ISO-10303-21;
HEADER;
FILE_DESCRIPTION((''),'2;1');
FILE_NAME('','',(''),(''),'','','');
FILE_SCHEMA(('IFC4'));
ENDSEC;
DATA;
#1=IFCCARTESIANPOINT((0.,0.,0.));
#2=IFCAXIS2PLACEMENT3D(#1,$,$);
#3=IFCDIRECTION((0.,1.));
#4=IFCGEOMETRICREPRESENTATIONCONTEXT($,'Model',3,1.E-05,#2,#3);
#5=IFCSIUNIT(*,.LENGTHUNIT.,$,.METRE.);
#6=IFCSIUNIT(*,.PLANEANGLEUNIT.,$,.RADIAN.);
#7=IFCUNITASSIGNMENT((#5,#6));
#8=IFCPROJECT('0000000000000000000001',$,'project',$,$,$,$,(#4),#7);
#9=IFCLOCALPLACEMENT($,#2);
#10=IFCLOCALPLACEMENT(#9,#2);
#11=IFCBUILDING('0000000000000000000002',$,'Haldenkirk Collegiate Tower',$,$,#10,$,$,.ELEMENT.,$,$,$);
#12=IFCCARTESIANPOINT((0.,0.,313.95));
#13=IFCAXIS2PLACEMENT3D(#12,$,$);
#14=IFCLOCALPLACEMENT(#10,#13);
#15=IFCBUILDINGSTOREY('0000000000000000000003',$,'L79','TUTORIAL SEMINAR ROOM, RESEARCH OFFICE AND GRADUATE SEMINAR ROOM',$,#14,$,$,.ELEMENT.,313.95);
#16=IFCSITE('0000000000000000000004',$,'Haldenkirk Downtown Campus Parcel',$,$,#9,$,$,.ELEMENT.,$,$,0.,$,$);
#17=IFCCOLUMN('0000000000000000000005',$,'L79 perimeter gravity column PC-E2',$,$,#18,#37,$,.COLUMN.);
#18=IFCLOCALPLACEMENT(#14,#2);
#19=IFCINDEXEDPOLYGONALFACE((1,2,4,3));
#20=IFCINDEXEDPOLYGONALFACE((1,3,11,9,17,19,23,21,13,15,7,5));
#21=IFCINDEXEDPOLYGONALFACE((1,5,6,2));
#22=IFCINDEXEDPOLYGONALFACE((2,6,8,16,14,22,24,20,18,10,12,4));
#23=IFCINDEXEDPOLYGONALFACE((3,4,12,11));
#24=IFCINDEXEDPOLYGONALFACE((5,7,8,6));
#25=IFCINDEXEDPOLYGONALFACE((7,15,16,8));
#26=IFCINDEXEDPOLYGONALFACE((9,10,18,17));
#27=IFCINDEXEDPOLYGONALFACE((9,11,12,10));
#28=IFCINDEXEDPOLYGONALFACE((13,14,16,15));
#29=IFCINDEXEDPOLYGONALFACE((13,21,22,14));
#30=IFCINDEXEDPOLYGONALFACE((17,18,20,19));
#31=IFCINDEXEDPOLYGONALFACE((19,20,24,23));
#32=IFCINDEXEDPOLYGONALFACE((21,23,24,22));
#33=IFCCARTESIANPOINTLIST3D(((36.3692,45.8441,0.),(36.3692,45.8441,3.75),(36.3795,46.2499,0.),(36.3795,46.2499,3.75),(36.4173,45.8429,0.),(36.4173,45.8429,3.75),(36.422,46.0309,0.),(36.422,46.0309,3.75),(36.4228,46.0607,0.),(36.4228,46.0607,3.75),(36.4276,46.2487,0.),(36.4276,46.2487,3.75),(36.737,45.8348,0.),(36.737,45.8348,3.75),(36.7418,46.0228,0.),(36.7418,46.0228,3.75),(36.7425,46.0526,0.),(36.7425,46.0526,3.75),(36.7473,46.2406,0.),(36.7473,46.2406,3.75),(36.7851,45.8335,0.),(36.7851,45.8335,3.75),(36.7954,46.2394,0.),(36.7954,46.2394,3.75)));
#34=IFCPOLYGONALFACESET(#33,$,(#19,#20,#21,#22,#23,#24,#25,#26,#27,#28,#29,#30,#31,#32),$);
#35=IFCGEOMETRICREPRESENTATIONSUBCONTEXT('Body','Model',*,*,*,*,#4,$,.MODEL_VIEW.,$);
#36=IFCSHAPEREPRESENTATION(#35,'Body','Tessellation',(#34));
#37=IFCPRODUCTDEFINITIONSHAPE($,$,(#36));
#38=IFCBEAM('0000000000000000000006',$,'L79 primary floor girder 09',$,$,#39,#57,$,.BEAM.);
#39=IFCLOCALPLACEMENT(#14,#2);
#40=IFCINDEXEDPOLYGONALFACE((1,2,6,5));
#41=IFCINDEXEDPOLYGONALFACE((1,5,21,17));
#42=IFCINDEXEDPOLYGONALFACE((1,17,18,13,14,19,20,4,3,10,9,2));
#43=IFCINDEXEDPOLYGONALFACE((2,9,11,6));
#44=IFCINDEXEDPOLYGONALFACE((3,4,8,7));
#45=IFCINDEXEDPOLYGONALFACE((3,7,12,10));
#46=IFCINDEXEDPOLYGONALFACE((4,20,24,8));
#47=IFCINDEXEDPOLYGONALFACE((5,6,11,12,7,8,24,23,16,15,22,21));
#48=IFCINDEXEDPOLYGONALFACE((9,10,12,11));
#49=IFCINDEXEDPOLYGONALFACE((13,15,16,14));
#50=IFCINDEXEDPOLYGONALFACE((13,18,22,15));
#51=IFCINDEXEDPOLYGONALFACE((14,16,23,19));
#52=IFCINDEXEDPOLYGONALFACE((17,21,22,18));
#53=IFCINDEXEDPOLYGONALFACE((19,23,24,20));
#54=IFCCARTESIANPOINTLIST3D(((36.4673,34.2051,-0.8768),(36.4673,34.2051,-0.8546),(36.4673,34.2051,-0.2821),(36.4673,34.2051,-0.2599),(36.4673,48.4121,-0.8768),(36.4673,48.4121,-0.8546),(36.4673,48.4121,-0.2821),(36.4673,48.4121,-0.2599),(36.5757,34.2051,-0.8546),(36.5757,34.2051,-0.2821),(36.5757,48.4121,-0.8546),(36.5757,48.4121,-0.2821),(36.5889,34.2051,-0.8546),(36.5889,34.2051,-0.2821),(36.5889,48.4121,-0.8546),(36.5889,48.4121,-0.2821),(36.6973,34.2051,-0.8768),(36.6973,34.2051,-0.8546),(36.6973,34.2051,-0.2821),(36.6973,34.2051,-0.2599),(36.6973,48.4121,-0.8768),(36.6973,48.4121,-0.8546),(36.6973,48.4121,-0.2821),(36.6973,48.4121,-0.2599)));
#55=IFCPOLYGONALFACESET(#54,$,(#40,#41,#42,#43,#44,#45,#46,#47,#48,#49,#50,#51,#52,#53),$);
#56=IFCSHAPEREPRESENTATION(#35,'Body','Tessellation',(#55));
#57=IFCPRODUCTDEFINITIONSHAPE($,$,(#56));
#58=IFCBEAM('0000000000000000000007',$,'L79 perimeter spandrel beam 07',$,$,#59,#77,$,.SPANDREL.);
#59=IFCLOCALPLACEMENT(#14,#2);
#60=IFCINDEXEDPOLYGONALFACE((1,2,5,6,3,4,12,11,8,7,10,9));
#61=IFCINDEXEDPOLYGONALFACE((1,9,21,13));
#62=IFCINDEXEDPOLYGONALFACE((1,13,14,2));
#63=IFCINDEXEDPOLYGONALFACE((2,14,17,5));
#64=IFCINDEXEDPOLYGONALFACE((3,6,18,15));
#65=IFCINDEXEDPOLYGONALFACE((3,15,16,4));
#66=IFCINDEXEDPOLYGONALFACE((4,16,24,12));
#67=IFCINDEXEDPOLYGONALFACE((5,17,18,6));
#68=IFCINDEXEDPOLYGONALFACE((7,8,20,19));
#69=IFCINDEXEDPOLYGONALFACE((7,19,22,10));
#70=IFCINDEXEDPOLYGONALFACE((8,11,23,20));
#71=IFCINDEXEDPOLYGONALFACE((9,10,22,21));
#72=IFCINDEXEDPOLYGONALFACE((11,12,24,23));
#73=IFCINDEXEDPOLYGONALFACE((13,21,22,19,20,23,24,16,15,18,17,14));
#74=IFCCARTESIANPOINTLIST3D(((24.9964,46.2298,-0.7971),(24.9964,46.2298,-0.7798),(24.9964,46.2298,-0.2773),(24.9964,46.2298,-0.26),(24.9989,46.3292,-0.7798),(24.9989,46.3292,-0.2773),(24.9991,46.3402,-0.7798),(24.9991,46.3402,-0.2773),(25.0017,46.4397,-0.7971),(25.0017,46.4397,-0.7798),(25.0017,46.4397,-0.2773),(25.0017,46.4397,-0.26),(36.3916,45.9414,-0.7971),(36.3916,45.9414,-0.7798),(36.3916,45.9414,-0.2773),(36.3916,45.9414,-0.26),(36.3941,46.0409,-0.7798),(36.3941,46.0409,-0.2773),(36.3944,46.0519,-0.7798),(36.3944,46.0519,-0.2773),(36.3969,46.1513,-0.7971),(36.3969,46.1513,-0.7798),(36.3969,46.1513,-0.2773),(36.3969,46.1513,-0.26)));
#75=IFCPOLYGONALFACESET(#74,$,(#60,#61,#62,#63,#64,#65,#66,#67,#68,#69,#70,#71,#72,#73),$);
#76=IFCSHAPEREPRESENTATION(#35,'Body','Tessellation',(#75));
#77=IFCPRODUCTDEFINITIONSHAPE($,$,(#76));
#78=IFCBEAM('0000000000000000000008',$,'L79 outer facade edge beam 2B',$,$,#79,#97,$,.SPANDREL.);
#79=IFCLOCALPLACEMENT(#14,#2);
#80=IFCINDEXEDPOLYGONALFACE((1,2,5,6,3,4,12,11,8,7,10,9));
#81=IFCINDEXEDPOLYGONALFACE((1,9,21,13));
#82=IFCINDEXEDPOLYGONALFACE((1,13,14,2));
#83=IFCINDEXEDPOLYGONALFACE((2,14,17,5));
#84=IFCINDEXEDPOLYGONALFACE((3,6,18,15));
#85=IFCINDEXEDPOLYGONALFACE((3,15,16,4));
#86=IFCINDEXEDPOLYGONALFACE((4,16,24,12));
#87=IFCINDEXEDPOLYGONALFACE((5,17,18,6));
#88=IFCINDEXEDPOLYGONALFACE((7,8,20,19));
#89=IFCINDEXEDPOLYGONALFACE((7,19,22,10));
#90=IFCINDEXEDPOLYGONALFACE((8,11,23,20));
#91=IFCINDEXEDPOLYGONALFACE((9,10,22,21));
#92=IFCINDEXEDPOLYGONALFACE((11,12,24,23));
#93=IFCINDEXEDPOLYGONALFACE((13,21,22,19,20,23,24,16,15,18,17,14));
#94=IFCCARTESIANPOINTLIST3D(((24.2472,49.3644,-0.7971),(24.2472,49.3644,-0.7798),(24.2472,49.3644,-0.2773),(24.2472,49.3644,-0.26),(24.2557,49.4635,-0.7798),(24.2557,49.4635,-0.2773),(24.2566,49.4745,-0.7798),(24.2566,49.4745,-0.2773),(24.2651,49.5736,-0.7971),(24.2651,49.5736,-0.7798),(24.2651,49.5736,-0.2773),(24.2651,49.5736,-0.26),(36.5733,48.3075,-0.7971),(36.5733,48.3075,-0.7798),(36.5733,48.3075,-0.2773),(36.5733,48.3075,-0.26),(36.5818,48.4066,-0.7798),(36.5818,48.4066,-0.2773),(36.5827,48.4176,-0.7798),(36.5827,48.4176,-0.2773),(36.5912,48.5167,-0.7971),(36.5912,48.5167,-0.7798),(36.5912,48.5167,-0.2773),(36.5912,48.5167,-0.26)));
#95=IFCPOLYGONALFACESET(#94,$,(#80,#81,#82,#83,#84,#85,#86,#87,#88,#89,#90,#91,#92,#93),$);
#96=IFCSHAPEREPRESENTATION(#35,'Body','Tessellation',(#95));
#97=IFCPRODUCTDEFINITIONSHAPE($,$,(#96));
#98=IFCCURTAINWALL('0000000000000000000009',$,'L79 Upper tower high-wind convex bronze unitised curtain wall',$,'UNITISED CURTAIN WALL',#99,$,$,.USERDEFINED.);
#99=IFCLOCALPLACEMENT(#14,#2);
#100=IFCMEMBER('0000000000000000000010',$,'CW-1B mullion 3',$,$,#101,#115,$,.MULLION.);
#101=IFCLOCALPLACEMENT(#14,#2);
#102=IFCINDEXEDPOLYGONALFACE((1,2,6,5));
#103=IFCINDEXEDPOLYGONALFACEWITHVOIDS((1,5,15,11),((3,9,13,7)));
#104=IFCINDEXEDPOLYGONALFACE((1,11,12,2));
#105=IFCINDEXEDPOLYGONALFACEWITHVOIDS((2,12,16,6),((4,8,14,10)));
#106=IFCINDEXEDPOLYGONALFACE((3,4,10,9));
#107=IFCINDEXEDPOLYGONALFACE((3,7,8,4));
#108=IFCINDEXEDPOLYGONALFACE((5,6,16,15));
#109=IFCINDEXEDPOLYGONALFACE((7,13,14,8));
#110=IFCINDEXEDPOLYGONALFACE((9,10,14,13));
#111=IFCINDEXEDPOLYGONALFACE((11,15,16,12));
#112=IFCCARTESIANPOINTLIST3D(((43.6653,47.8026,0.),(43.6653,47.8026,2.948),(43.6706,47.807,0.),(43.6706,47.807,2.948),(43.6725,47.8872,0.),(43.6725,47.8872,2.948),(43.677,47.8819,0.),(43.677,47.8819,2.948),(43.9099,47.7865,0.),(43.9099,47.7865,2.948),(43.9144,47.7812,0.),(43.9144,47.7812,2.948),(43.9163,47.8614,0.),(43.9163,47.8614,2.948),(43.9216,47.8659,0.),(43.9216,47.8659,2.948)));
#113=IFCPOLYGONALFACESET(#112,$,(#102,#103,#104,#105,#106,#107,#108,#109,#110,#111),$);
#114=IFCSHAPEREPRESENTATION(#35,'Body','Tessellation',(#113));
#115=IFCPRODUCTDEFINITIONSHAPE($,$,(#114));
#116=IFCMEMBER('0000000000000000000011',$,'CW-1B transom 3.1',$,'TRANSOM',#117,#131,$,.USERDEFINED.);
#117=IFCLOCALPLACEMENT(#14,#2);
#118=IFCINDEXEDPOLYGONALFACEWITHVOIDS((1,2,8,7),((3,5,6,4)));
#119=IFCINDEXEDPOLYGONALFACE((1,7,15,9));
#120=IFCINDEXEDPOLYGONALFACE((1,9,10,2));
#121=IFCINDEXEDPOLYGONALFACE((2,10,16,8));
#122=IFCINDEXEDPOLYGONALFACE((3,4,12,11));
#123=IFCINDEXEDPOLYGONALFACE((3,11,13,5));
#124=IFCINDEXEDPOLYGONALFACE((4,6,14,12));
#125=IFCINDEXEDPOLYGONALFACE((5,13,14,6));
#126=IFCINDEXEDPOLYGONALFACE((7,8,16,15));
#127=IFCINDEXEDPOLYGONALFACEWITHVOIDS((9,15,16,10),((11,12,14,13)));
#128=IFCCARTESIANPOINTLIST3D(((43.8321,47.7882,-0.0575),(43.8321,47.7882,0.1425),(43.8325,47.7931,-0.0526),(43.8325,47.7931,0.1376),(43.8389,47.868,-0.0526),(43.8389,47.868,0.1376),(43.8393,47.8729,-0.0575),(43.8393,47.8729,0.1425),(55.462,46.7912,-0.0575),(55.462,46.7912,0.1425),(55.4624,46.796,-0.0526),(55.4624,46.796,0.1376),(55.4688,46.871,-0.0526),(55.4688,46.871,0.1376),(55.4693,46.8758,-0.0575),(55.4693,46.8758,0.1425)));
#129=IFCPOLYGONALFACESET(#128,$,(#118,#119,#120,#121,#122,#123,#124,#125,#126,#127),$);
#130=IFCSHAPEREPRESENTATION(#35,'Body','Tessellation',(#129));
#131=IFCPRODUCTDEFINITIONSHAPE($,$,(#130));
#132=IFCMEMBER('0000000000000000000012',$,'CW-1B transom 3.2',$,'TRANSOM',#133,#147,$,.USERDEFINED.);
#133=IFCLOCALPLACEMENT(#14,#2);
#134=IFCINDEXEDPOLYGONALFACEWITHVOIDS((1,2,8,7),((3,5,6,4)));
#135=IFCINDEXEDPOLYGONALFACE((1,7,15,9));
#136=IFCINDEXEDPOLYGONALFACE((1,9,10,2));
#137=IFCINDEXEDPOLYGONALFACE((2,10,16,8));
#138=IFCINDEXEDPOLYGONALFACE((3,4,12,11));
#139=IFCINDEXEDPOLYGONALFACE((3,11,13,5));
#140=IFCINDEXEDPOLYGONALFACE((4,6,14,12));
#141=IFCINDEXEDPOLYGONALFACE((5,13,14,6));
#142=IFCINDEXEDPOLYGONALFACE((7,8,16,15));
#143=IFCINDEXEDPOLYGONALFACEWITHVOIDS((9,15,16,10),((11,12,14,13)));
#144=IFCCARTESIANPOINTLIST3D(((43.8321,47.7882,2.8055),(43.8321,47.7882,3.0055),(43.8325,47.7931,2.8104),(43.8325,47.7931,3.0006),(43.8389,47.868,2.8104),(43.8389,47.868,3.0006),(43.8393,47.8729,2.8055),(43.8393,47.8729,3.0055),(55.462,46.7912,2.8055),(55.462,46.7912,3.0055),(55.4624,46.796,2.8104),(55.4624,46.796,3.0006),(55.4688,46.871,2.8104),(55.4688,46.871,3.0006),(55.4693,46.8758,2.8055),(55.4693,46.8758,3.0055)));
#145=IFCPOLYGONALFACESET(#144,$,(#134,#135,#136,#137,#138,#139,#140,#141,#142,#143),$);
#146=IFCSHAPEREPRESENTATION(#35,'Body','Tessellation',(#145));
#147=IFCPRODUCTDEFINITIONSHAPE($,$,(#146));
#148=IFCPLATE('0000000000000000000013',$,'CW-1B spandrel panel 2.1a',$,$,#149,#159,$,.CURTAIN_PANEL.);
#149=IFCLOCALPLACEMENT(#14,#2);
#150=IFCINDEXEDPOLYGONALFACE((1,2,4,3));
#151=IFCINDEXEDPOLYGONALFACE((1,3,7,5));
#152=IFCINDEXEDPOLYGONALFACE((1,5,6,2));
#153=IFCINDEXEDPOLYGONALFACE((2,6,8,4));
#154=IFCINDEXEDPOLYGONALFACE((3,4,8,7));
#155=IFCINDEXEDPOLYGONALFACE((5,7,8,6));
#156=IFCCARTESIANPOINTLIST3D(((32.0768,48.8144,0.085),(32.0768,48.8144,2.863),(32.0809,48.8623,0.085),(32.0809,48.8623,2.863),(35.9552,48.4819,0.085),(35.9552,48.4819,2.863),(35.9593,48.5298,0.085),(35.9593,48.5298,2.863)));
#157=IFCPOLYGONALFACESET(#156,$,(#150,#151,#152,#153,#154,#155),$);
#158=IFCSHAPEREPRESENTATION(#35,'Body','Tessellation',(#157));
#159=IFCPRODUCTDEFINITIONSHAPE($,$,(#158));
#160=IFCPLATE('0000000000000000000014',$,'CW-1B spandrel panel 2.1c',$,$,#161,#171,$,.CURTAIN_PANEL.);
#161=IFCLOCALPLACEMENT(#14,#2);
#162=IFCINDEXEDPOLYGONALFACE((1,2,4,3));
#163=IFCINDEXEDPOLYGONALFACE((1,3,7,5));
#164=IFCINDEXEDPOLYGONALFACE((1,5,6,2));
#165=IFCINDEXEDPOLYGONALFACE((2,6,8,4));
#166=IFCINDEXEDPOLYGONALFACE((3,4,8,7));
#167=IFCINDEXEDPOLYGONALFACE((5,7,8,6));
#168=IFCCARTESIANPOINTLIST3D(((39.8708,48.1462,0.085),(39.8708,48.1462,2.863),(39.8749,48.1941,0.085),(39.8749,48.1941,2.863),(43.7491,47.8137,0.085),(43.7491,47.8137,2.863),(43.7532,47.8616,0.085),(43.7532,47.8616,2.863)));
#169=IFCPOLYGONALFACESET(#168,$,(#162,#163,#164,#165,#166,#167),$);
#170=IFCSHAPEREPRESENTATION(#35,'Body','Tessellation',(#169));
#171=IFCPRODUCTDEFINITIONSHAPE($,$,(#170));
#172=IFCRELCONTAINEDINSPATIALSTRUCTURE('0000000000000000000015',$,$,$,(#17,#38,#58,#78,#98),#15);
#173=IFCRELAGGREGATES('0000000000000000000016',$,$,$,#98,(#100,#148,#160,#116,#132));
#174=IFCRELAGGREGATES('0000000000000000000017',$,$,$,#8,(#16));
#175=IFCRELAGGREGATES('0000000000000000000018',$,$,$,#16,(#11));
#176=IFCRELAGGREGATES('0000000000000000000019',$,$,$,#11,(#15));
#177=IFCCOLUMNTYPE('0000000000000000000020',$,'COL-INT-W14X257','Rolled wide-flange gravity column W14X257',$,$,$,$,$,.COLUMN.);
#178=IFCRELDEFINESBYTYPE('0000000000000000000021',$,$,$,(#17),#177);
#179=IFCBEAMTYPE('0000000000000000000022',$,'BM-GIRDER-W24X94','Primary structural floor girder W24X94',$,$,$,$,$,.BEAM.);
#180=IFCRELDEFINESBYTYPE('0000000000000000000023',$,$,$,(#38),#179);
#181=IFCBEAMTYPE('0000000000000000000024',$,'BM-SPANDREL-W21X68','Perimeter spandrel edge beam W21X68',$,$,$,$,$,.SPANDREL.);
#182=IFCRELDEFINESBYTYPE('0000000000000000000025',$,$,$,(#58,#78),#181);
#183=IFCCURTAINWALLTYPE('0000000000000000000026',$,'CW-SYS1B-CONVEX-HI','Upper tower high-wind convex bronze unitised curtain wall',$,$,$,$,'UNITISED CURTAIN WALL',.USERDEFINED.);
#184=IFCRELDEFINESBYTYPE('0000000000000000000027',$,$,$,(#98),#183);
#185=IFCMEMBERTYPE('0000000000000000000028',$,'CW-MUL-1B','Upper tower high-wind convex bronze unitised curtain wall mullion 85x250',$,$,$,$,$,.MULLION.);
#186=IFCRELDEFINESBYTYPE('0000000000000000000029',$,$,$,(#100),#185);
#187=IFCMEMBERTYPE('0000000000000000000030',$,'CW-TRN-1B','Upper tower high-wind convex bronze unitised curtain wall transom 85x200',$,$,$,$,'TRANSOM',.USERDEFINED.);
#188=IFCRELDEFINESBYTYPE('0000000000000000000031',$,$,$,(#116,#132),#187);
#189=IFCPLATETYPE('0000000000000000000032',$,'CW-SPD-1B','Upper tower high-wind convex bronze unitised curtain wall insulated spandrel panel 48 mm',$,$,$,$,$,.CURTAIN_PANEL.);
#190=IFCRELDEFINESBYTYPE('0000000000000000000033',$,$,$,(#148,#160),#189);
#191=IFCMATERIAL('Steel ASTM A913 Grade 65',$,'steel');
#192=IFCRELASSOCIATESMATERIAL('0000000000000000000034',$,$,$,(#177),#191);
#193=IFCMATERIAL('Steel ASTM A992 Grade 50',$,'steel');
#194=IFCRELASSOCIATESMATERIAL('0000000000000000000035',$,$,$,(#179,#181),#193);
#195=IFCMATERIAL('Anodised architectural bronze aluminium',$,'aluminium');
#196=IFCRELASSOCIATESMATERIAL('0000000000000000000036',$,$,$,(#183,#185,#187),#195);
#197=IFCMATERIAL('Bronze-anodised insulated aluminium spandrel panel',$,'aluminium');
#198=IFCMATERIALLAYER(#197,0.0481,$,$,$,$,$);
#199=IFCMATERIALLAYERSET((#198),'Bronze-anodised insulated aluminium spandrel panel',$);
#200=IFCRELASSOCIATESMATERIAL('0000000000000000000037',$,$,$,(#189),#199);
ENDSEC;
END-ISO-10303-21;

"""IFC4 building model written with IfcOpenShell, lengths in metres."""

from ifc_helpers import new_model, si_unit, direction, frame, origin, origin_2d, place, context, subcontext, project, spatial, rectangle, hollow_rectangle, i_section, extrude, source, transform, mapped, material, layer, layer_set, material_profile, profile_set, type_object, element, aggregate, save


model = new_model("IFC4")

# Units and contexts
model_context = context("Model", 3, precision=1e-05, world=origin(), true_north=direction((0.0, 1.0)))
body_context = subcontext(model_context, "Body", "Model", "MODEL_VIEW")
ifc_project = project(units=[si_unit("LENGTHUNIT", "METRE"), si_unit("PLANEANGLEUNIT", "RADIAN")], contexts=[model_context])

# Site, building, storey
site_placement = place(None, origin())
site = spatial("IfcSite", under=ifc_project, at=site_placement, Name="Haldenkirk Downtown Campus Parcel", CompositionType="ELEMENT", RefElevation=0.0)
building_placement = place(site_placement, origin())
building = spatial("IfcBuilding", under=site, at=building_placement, Name="Haldenkirk Collegiate Tower", CompositionType="ELEMENT")
storey_placement = place(building_placement, frame((0.0, 0.0, 313.95)))
storey = spatial("IfcBuildingStorey", under=building, at=storey_placement, Name="L79", Description="TUTORIAL SEMINAR ROOM, RESEARCH OFFICE AND GRADUATE SEMINAR ROOM", CompositionType="ELEMENT", Elevation=313.95)

# Column
ifc_material_1 = material(Name="Steel ASTM A913 Grade 65", Category="steel")
ifc_material_profile_1 = material_profile(ifc_material_1, i_section(OverallWidth=0.406, OverallDepth=0.416, WebThickness=0.0298, FlangeThickness=0.0481, at=origin_2d()), Name="W14X257")
ifc_profile_set_1 = profile_set([ifc_material_profile_1], Name="Steel ASTM A913 Grade 65")
column_type = type_object("IfcColumnType", Name="COL-INT-W14X257", Description="Rolled wide-flange gravity column W14X257", PredefinedType="COLUMN", material=ifc_profile_set_1)
column_placement = place(storey_placement, frame((36.5823, 46.0417, 0.0), z_axis=(0.0, 0.0, 1.0), x_axis=(0.025305, 0.99968, 0.0)))
element("IfcColumn", 1, at=column_placement, inside=storey, type_object=column_type, Name="L79 perimeter gravity column PC-E2", PredefinedType="COLUMN", context=body_context, shape_type="SweptSolid", body=[
    extrude(i_section(OverallWidth=0.406, OverallDepth=0.416, WebThickness=0.0298, FlangeThickness=0.0481, at=origin_2d()), origin(), (0.0, 0.0, 1.0), 3.75),
])

# Beams
ifc_material_2 = material(Name="Steel ASTM A992 Grade 50", Category="steel")
ifc_material_profile_2 = material_profile(ifc_material_2, i_section(OverallWidth=0.23, OverallDepth=0.6169, WebThickness=0.0132, FlangeThickness=0.0222, at=origin_2d()), Name="W24X94")
ifc_profile_set_2 = profile_set([ifc_material_profile_2], Name="Steel ASTM A992 Grade 50")
beam_type_1 = type_object("IfcBeamType", Name="BM-GIRDER-W24X94", Description="Primary structural floor girder W24X94", PredefinedType="BEAM", material=ifc_profile_set_2)
beam_1_placement = place(storey_placement, frame((36.5823, 48.4121, -0.5684), z_axis=(0.0, -1.0, 0.0), x_axis=(1.0, 0.0, 0.0)))
element("IfcBeam", 2, at=beam_1_placement, inside=storey, type_object=beam_type_1, Name="L79 primary floor girder 09", PredefinedType="BEAM", context=body_context, shape_type="SweptSolid", body=[
    extrude(i_section(OverallWidth=0.23, OverallDepth=0.6169, WebThickness=0.0132, FlangeThickness=0.0222, at=origin_2d()), origin(), (0.0, 0.0, 1.0), 14.207),
])
ifc_material_profile_3 = material_profile(ifc_material_2, i_section(OverallWidth=0.21, OverallDepth=0.5371, WebThickness=0.011, FlangeThickness=0.0173, at=origin_2d()), Name="W21X68")
ifc_profile_set_3 = profile_set([ifc_material_profile_3], Name="Steel ASTM A992 Grade 50")
beam_type_2 = type_object("IfcBeamType", Name="BM-SPANDREL-W21X68", Description="Perimeter spandrel edge beam W21X68", PredefinedType="SPANDREL", material=ifc_profile_set_3)
beam_2_placement = place(storey_placement, frame((36.3943, 46.0464, -0.5286), z_axis=(-0.99968, 0.025295, 0.0), x_axis=(-0.025295, -0.99968, 0.0)))
element("IfcBeam", 3, at=beam_2_placement, inside=storey, type_object=beam_type_2, Name="L79 perimeter spandrel beam 07", PredefinedType="SPANDREL", context=body_context, shape_type="SweptSolid", body=[
    extrude(i_section(OverallWidth=0.21, OverallDepth=0.5371, WebThickness=0.011, FlangeThickness=0.0173, at=origin_2d()), origin(), (0.0, 0.0, 1.0), 11.3989),
])
beam_3_placement = place(storey_placement, frame((36.5823, 48.4121, -0.5286), z_axis=(-0.996344, 0.08543, 0.0), x_axis=(-0.08543, -0.996344, 0.0)))
element("IfcBeam", 4, at=beam_3_placement, inside=storey, type_object=beam_type_2, Name="L79 outer facade edge beam 2B", PredefinedType="SPANDREL", context=body_context, shape_type="SweptSolid", body=[
    extrude(i_section(OverallWidth=0.21, OverallDepth=0.5371, WebThickness=0.011, FlangeThickness=0.0173, at=origin_2d()), origin(), (0.0, 0.0, 1.0), 12.3713),
])

# Curtain wall, members, plates
ifc_material_3 = material(Name="Anodised architectural bronze aluminium", Category="aluminium")
curtain_wall_type = type_object("IfcCurtainWallType", Name="CW-SYS1B-CONVEX-HI", Description="Upper tower high-wind convex bronze unitised curtain wall", ElementType="UNITISED CURTAIN WALL", PredefinedType="USERDEFINED", material=ifc_material_3)
curtain_wall_placement = place(storey_placement, origin())
curtain_wall = element("IfcCurtainWall", 5, at=curtain_wall_placement, inside=storey, type_object=curtain_wall_type, Name="L79 Upper tower high-wind convex bronze unitised curtain wall", ObjectType="UNITISED CURTAIN WALL", PredefinedType="USERDEFINED")
ifc_material_profile_4 = material_profile(ifc_material_3, hollow_rectangle(XDim=0.085, YDim=0.25, WallThickness=0.0049, at=origin_2d()), Name="CW-MUL-1B")
ifc_profile_set_4 = profile_set([ifc_material_profile_4], Name="Anodised architectural bronze aluminium")
member_type_1 = type_object("IfcMemberType", Name="CW-MUL-1B", Description="Upper tower high-wind convex bronze unitised curtain wall mullion 85x250", PredefinedType="MULLION", material=ifc_profile_set_4)
member_1_placement = place(storey_placement, frame((43.7935, 47.8342, 0.0), z_axis=(0.0, 0.0, 1.0), x_axis=(0.085418, 0.996345, 0.0)))
member_1 = element("IfcMember", 6, at=member_1_placement, type_object=member_type_1, Name="CW-1B mullion 3", PredefinedType="MULLION", context=body_context, shape_type="SweptSolid", body=[
    extrude(hollow_rectangle(XDim=0.085, YDim=0.25, WallThickness=0.0049, at=origin_2d()), origin(), (0.0, 0.0, 1.0), 2.948),
])
ifc_material_profile_5 = material_profile(ifc_material_3, hollow_rectangle(XDim=0.085, YDim=0.2, WallThickness=0.0049, at=origin_2d()), Name="CW-TRN-1B")
ifc_profile_set_5 = profile_set([ifc_material_profile_5], Name="Anodised architectural bronze aluminium")
member_type_2 = type_object("IfcMemberType", Name="CW-TRN-1B", Description="Upper tower high-wind convex bronze unitised curtain wall transom 85x200", ElementType="TRANSOM", PredefinedType="USERDEFINED", material=ifc_profile_set_5)
member_2_placement = place(storey_placement, frame((43.8357, 47.8306, 0.0425), z_axis=(0.996345, -0.08542, 0.0), x_axis=(0.08542, 0.996345, 0.0)))
member_2 = element("IfcMember", 7, at=member_2_placement, type_object=member_type_2, Name="CW-1B transom 3.1", ObjectType="TRANSOM", PredefinedType="USERDEFINED", context=body_context, shape_type="SweptSolid", body=[
    extrude(hollow_rectangle(XDim=0.085, YDim=0.2, WallThickness=0.0049, at=origin_2d()), origin(), (0.0, 0.0, 1.0), 11.6726),
])
member_3_placement = place(storey_placement, frame((43.8357, 47.8306, 2.9055), z_axis=(0.996345, -0.08542, 0.0), x_axis=(0.08542, 0.996345, 0.0)))
member_3 = element("IfcMember", 8, at=member_3_placement, type_object=member_type_2, Name="CW-1B transom 3.2", ObjectType="TRANSOM", PredefinedType="USERDEFINED", context=body_context, shape_type="SweptSolid", body=[
    extrude(hollow_rectangle(XDim=0.085, YDim=0.2, WallThickness=0.0049, at=origin_2d()), origin(), (0.0, 0.0, 1.0), 11.6726),
])
ifc_material_4 = material(Name="Bronze-anodised insulated aluminium spandrel panel", Category="aluminium")
ifc_layer_1 = layer(ifc_material_4, 0.0481)
ifc_layer_set_1 = layer_set([ifc_layer_1], Name="Bronze-anodised insulated aluminium spandrel panel")
plate_type_1 = type_object("IfcPlateType", Name="CW-SPD-1B", Description="Upper tower high-wind convex bronze unitised curtain wall insulated spandrel panel 48 mm", PredefinedType="CURTAIN_PANEL", material=ifc_layer_set_1)
shared_shape_1 = source(origin(), body_context, "Body", "SweptSolid", [
    extrude(rectangle(XDim=3.8926, YDim=0.0481, at=origin_2d()), origin(), (0.0, 0.0, 1.0), 2.7781),
])
plate_1_placement = place(storey_placement, frame((34.0181, 48.6721, 0.085), z_axis=(0.0, 0.0, 1.0), x_axis=(0.996345, -0.085418, 0.0)))
plate_1 = element("IfcPlate", 9, at=plate_1_placement, type_object=plate_type_1, Name="CW-1B spandrel panel 2.1a", PredefinedType="CURTAIN_PANEL", context=body_context, shape_type="MappedRepresentation", body=[
    mapped(shared_shape_1, transform((0.0, 0.0, 0.0), x_axis=(1.0, 0.0, 0.0), y_axis=(0.0, 1.0, 0.0), z_axis=(0.0, 0.0, 1.0), scale=1.0)),
])
plate_2_placement = place(storey_placement, frame((41.812, 48.0039, 0.085), z_axis=(0.0, 0.0, 1.0), x_axis=(0.996345, -0.085418, 0.0)))
plate_2 = element("IfcPlate", 10, at=plate_2_placement, type_object=plate_type_1, Name="CW-1B spandrel panel 2.1c", PredefinedType="CURTAIN_PANEL", context=body_context, shape_type="MappedRepresentation", body=[
    mapped(shared_shape_1, transform((0.0, 0.0, 0.0), x_axis=(1.0, 0.0, 0.0), y_axis=(0.0, 1.0, 0.0), z_axis=(0.0, 0.0, 1.0), scale=1.0)),
])
aggregate(curtain_wall, [member_1, plate_1, plate_2, member_2, member_3])

save(model, "model.ifc")
